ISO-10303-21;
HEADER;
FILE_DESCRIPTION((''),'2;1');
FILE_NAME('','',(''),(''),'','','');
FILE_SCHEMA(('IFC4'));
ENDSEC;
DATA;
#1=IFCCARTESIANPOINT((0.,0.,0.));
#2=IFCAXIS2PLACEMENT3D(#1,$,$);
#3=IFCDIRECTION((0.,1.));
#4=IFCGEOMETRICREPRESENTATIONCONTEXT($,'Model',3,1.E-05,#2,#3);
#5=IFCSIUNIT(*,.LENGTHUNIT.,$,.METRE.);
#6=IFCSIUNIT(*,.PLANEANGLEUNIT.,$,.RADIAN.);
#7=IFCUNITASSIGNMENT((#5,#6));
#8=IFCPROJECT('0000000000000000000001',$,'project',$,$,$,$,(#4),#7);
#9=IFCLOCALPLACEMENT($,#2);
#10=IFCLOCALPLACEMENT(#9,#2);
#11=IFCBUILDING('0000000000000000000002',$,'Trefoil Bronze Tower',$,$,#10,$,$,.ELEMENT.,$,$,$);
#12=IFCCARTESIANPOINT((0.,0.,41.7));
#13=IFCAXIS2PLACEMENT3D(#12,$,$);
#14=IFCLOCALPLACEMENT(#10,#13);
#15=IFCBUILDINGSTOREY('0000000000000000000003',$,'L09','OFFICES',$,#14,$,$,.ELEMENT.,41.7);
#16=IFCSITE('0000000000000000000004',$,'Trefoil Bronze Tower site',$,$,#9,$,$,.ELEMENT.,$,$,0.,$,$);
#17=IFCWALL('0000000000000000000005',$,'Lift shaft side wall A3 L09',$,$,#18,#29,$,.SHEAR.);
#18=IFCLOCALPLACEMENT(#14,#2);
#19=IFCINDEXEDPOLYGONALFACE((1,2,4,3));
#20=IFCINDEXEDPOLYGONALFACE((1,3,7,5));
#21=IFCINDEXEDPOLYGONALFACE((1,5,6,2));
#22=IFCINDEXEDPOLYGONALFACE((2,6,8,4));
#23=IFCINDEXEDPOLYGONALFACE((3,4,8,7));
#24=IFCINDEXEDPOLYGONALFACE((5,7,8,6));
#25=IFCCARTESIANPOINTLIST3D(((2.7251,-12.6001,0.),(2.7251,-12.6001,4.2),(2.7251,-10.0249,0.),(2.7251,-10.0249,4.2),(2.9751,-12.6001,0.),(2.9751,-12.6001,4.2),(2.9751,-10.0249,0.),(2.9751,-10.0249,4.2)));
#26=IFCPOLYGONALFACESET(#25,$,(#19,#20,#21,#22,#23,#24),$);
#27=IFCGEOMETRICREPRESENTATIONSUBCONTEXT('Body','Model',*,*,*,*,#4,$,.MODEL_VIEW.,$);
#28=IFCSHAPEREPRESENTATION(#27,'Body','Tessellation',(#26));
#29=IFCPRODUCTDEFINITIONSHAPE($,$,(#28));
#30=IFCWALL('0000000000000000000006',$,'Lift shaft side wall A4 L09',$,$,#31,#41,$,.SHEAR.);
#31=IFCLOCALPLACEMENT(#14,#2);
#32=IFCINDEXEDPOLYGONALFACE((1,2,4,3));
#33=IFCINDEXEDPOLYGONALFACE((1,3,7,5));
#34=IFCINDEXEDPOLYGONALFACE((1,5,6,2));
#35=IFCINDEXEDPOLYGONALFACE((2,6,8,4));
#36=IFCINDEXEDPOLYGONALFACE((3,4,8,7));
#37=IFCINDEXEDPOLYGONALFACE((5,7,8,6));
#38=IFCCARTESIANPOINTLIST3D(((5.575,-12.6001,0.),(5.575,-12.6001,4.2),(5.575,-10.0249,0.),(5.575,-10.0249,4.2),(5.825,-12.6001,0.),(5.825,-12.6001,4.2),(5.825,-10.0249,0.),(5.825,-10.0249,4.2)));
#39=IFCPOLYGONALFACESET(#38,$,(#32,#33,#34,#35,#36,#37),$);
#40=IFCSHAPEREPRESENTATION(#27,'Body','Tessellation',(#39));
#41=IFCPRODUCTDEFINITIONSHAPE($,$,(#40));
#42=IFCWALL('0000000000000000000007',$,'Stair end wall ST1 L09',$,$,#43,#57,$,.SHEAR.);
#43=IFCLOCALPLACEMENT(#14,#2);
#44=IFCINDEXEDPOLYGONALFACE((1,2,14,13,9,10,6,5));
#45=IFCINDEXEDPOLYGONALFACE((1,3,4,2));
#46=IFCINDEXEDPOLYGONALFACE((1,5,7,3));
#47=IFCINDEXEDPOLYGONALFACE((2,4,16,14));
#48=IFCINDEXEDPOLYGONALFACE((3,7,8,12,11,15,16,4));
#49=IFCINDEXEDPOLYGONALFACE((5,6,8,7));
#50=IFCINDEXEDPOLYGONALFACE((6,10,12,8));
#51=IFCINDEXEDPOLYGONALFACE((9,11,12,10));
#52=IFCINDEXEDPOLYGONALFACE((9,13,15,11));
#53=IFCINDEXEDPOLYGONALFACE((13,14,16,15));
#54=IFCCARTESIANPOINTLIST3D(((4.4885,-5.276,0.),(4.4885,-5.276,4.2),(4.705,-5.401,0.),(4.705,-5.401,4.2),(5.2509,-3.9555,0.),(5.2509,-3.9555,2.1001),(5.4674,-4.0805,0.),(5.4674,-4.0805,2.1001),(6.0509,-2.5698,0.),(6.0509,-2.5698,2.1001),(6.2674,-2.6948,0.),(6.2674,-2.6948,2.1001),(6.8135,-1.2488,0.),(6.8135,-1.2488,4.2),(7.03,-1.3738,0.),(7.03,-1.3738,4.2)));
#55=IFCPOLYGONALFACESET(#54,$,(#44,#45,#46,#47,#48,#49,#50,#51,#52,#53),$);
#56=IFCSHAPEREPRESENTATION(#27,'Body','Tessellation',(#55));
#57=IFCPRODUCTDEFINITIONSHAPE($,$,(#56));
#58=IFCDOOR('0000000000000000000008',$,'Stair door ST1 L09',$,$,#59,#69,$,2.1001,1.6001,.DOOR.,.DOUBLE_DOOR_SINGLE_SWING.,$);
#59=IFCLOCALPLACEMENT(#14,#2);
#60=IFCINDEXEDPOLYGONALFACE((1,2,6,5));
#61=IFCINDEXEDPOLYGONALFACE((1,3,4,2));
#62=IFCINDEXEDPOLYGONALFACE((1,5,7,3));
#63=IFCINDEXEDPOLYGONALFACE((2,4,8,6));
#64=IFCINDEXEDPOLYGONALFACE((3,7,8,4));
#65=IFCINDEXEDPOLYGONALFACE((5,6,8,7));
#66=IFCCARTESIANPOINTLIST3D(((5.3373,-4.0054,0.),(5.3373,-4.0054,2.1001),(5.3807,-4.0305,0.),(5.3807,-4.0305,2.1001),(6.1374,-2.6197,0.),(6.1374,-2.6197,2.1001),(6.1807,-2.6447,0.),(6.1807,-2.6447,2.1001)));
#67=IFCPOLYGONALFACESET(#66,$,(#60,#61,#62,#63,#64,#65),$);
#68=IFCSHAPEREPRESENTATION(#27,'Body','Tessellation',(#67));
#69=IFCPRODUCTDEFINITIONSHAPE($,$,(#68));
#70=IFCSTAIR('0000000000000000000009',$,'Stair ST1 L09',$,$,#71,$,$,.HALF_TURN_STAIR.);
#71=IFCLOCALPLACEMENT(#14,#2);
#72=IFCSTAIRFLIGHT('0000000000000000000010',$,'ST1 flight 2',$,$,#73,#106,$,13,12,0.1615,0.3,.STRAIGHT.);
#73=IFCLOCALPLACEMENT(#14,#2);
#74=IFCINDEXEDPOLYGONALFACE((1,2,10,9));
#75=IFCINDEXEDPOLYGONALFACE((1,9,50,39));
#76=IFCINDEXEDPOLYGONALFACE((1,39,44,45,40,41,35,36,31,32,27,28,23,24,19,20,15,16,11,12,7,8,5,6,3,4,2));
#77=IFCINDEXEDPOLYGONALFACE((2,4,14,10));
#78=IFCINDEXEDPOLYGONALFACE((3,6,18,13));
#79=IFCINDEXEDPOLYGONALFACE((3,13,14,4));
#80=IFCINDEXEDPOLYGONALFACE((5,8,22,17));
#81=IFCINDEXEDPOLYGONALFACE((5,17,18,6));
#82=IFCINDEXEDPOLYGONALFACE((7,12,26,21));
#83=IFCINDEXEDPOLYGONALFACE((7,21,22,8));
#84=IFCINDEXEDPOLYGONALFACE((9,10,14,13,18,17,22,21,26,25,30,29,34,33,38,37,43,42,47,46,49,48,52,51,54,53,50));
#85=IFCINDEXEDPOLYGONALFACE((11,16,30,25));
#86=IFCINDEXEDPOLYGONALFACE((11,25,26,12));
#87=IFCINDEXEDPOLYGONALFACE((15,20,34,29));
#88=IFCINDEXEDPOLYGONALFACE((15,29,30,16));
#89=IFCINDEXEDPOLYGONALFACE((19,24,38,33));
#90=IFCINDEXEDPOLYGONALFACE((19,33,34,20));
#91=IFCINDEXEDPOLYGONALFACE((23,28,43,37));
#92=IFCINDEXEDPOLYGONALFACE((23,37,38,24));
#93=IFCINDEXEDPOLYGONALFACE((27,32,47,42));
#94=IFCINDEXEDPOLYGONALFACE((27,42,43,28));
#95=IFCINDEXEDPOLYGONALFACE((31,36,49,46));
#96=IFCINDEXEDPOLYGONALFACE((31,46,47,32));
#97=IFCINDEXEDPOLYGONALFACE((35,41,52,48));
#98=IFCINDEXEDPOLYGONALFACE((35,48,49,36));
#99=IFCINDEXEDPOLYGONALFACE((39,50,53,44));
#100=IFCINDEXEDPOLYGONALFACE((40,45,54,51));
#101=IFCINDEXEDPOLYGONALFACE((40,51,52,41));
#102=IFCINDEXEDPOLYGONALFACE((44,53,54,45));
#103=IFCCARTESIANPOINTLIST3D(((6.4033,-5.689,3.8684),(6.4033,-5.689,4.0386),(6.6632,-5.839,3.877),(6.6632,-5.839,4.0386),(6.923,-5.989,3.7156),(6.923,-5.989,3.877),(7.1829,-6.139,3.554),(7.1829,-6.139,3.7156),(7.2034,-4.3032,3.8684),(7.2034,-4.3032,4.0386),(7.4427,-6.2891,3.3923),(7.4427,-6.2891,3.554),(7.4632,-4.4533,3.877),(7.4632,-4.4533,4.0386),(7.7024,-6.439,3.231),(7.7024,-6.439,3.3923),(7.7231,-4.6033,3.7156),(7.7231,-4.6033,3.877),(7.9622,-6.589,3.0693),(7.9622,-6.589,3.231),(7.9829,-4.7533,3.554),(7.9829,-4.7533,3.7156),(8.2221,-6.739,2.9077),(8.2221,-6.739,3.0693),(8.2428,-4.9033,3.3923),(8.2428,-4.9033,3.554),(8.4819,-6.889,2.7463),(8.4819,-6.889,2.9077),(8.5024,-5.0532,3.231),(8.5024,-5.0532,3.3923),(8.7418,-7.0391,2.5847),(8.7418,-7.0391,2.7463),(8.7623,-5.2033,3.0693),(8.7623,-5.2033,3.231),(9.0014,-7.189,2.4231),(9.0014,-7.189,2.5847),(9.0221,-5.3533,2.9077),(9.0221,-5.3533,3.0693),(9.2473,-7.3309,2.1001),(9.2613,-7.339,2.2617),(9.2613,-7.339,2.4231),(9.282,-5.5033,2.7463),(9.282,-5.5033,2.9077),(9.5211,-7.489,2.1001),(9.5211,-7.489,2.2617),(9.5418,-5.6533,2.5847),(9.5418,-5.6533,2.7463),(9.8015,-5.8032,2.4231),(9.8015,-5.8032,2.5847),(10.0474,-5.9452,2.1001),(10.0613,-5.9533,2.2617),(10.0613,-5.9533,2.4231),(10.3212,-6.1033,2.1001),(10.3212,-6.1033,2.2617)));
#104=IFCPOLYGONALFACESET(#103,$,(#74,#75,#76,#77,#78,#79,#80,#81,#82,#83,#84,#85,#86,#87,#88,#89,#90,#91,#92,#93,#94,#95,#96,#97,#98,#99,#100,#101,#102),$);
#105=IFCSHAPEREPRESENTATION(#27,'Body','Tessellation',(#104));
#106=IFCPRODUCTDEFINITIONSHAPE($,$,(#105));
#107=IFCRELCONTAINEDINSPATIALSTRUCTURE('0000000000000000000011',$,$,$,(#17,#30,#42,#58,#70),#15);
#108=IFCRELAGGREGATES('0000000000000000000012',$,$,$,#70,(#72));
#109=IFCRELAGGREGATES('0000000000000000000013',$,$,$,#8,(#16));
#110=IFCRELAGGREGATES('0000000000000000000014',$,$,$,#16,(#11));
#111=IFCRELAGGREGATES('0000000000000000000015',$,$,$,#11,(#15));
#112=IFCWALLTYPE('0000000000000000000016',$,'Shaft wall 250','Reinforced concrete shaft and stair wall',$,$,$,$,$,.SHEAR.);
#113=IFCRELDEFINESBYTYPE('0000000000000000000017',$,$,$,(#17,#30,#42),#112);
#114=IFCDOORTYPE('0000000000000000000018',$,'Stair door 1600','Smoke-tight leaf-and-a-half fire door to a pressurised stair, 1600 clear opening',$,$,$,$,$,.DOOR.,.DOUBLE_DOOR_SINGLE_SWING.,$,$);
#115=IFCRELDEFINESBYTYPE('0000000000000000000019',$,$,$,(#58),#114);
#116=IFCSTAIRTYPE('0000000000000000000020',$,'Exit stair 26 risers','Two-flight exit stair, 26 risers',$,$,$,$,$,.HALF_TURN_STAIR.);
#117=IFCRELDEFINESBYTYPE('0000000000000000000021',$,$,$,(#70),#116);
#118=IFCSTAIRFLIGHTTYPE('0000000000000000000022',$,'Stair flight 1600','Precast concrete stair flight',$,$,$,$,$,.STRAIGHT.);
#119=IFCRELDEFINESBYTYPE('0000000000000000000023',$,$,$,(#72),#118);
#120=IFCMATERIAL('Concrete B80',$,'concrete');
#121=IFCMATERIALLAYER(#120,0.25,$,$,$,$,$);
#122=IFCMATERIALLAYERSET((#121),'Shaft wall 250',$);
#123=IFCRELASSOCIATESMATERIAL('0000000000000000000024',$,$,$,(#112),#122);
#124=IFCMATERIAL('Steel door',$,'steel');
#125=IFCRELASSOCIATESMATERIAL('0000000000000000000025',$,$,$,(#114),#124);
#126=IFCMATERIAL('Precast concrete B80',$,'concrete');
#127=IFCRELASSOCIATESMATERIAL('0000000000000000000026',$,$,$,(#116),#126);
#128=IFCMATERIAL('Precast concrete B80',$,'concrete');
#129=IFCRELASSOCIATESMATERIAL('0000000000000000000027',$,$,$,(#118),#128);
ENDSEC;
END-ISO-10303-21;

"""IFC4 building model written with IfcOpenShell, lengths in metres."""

from ifc_helpers import new_model, si_unit, direction, frame, frame_2d, origin, place, context, subcontext, project, spatial, polyline, rectangle, outline, extrude, material, layer, layer_set, type_object, element, fill, aggregate, save


model = new_model("IFC4")

# Units and contexts
model_context = context("Model", 3, precision=1e-05, world=origin(), true_north=direction((0.0, 1.0)))
body_context = subcontext(model_context, "Body", "Model", "MODEL_VIEW")
ifc_project = project(units=[si_unit("LENGTHUNIT", "METRE"), si_unit("PLANEANGLEUNIT", "RADIAN")], contexts=[model_context])

# Site, building, storey
site_placement = place(None, origin())
site = spatial("IfcSite", under=ifc_project, at=site_placement, Name="Trefoil Bronze Tower site", CompositionType="ELEMENT", RefElevation=0.0)
building_placement = place(site_placement, origin())
building = spatial("IfcBuilding", under=site, at=building_placement, Name="Trefoil Bronze Tower", CompositionType="ELEMENT")
storey_placement = place(building_placement, frame((0.0, 0.0, 41.7)))
storey = spatial("IfcBuildingStorey", under=building, at=storey_placement, Name="L09", Description="OFFICES", CompositionType="ELEMENT", Elevation=41.7)

# Walls
ifc_material_1 = material(Name="Concrete B80", Category="concrete")
ifc_layer_1 = layer(ifc_material_1, 0.25)
ifc_layer_set_1 = layer_set([ifc_layer_1], Name="Shaft wall 250")
wall_type_1 = type_object("IfcWallType", Name="Shaft wall 250", Description="Reinforced concrete shaft and stair wall", PredefinedType="SHEAR", material=ifc_layer_set_1)
for number, where, z_axis, x_axis, name in (
    (1, (2.8501, -10.0249, 0.0), (0.0, 0.0, 1.0), (0.0, -1.0, 0.0), "Lift shaft side wall A3 L09"),
    (2, (5.7, -10.0249, 0.0), (0.0, 0.0, 1.0), (0.0, -1.0, 0.0), "Lift shaft side wall A4 L09"),
):
    element("IfcWall", number, at=place(storey_placement, frame(where, z_axis=z_axis, x_axis=x_axis)), inside=storey, type_object=wall_type_1, Name=name, PredefinedType="SHEAR", context=body_context, shape_type="SweptSolid", body=[
        extrude(rectangle(XDim=2.5752, YDim=0.25, at=frame_2d((1.2876, 0.0))), origin(), (0.0, 0.0, 1.0), 4.2),
    ])

# Wall, opening, door
wall_1_placement = place(storey_placement, frame((4.5967, -5.3386, 0.0), z_axis=(0.0, 0.0, 1.0), x_axis=(0.499985, 0.866034, 0.0)))
wall_1 = element("IfcWall", 3, at=wall_1_placement, inside=storey, type_object=wall_type_1, Name="Stair end wall ST1 L09", PredefinedType="SHEAR", context=body_context, shape_type="SweptSolid", body=[
    extrude(rectangle(XDim=4.6501, YDim=0.25, at=frame_2d((2.3252, 0.0))), origin(), (0.0, 0.0, 1.0), 4.2),
])
opening_1_placement = place(wall_1_placement, frame((1.5249, 0.0, 0.0)))
opening_1 = element("IfcOpeningElement", 4, at=opening_1_placement, cuts=wall_1, PredefinedType="OPENING", context=body_context, shape_type="SweptSolid", body=[
    extrude(rectangle(XDim=1.6001, YDim=2.1001, at=frame_2d((0.8, 1.05))), frame((0.0, 0.135, 0.0), z_axis=(0.0, -1.0, 0.0), x_axis=(1.0, 0.0, 0.0)), (0.0, 0.0, 1.0), 0.27),
])
ifc_material_2 = material(Name="Steel door", Category="steel")
door_type_1 = type_object("IfcDoorType", Name="Stair door 1600", Description="Smoke-tight leaf-and-a-half fire door to a pressurised stair, 1600 clear opening", OperationType="DOUBLE_DOOR_SINGLE_SWING", PredefinedType="DOOR", material=ifc_material_2)
door_1_placement = place(opening_1_placement, frame((1.6001, 0.0, 0.0), z_axis=(0.0, 0.0, 1.0), x_axis=(-1.0, 0.0, 0.0)))
door_1 = element("IfcDoor", 5, at=door_1_placement, inside=storey, type_object=door_type_1, Name="Stair door ST1 L09", OperationType="DOUBLE_DOOR_SINGLE_SWING", OverallHeight=2.1001, OverallWidth=1.6001, PredefinedType="DOOR", context=body_context, shape_type="SweptSolid", body=[
    extrude(rectangle(XDim=1.6001, YDim=2.1001, at=frame_2d((0.8, 1.05))), frame((0.0, 0.0249, 0.0), z_axis=(0.0, -1.0, 0.0), x_axis=(1.0, 0.0, 0.0)), (0.0, 0.0, 1.0), 0.05),
])
fill(opening_1, door_1)

# Stair, stair flight
ifc_material_3 = material(Name="Precast concrete B80", Category="concrete")
stair_type = type_object("IfcStairType", Name="Exit stair 26 risers", Description="Two-flight exit stair, 26 risers", PredefinedType="HALF_TURN_STAIR", material=ifc_material_3)
stair_placement = place(storey_placement, origin())
stair = element("IfcStair", 6, at=stair_placement, inside=storey, type_object=stair_type, Name="Stair ST1 L09", PredefinedType="HALF_TURN_STAIR")
ifc_material_4 = material(Name="Precast concrete B80", Category="concrete")
stair_flight_type = type_object("IfcStairFlightType", Name="Stair flight 1600", Description="Precast concrete stair flight", PredefinedType="STRAIGHT", material=ifc_material_4)
stair_flight_placement = place(storey_placement, frame((9.9211, -6.7961, 2.1001), z_axis=(0.0, 0.0, 1.0), x_axis=(-0.866025, 0.5, 0.0)))
stair_flight = element("IfcStairFlight", 7, at=stair_flight_placement, type_object=stair_flight_type, Name="ST1 flight 2", NumberOfRisers=13, NumberOfTreads=12, PredefinedType="STRAIGHT", RiserHeight=0.1615, TreadLength=0.3, context=body_context, shape_type="SweptSolid", body=[
    extrude(outline(polyline([(0.0, 0.0), (0.0, 0.1616), (0.3, 0.1616), (0.3, 0.323), (0.6001, 0.323), (0.6001, 0.4846), (0.8999, 0.4846), (0.8999, 0.6462), (1.2, 0.6462), (1.2, 0.8076), (1.5, 0.8076), (1.5, 0.9692), (1.8, 0.9692), (1.8, 1.1309), (2.1001, 1.1309), (2.1001, 1.2922), (2.3999, 1.2922), (2.3999, 1.4539), (2.7, 1.4539), (2.7, 1.6155), (3.0, 1.6155), (3.0, 1.7769), (3.3, 1.7769), (3.3, 1.9385), (3.6001, 1.9385), (3.6001, 2.1001), (3.6001, 1.7683), (0.3162, 0.0), (0.0, 0.0)])), frame((0.0, 0.8, 0.0), z_axis=(0.0, -1.0, 0.0), x_axis=(1.0, 0.0, 0.0)), (0.0, 0.0, 1.0), 1.6001),
])
aggregate(stair, [stair_flight])

save(model, "model.ifc")
